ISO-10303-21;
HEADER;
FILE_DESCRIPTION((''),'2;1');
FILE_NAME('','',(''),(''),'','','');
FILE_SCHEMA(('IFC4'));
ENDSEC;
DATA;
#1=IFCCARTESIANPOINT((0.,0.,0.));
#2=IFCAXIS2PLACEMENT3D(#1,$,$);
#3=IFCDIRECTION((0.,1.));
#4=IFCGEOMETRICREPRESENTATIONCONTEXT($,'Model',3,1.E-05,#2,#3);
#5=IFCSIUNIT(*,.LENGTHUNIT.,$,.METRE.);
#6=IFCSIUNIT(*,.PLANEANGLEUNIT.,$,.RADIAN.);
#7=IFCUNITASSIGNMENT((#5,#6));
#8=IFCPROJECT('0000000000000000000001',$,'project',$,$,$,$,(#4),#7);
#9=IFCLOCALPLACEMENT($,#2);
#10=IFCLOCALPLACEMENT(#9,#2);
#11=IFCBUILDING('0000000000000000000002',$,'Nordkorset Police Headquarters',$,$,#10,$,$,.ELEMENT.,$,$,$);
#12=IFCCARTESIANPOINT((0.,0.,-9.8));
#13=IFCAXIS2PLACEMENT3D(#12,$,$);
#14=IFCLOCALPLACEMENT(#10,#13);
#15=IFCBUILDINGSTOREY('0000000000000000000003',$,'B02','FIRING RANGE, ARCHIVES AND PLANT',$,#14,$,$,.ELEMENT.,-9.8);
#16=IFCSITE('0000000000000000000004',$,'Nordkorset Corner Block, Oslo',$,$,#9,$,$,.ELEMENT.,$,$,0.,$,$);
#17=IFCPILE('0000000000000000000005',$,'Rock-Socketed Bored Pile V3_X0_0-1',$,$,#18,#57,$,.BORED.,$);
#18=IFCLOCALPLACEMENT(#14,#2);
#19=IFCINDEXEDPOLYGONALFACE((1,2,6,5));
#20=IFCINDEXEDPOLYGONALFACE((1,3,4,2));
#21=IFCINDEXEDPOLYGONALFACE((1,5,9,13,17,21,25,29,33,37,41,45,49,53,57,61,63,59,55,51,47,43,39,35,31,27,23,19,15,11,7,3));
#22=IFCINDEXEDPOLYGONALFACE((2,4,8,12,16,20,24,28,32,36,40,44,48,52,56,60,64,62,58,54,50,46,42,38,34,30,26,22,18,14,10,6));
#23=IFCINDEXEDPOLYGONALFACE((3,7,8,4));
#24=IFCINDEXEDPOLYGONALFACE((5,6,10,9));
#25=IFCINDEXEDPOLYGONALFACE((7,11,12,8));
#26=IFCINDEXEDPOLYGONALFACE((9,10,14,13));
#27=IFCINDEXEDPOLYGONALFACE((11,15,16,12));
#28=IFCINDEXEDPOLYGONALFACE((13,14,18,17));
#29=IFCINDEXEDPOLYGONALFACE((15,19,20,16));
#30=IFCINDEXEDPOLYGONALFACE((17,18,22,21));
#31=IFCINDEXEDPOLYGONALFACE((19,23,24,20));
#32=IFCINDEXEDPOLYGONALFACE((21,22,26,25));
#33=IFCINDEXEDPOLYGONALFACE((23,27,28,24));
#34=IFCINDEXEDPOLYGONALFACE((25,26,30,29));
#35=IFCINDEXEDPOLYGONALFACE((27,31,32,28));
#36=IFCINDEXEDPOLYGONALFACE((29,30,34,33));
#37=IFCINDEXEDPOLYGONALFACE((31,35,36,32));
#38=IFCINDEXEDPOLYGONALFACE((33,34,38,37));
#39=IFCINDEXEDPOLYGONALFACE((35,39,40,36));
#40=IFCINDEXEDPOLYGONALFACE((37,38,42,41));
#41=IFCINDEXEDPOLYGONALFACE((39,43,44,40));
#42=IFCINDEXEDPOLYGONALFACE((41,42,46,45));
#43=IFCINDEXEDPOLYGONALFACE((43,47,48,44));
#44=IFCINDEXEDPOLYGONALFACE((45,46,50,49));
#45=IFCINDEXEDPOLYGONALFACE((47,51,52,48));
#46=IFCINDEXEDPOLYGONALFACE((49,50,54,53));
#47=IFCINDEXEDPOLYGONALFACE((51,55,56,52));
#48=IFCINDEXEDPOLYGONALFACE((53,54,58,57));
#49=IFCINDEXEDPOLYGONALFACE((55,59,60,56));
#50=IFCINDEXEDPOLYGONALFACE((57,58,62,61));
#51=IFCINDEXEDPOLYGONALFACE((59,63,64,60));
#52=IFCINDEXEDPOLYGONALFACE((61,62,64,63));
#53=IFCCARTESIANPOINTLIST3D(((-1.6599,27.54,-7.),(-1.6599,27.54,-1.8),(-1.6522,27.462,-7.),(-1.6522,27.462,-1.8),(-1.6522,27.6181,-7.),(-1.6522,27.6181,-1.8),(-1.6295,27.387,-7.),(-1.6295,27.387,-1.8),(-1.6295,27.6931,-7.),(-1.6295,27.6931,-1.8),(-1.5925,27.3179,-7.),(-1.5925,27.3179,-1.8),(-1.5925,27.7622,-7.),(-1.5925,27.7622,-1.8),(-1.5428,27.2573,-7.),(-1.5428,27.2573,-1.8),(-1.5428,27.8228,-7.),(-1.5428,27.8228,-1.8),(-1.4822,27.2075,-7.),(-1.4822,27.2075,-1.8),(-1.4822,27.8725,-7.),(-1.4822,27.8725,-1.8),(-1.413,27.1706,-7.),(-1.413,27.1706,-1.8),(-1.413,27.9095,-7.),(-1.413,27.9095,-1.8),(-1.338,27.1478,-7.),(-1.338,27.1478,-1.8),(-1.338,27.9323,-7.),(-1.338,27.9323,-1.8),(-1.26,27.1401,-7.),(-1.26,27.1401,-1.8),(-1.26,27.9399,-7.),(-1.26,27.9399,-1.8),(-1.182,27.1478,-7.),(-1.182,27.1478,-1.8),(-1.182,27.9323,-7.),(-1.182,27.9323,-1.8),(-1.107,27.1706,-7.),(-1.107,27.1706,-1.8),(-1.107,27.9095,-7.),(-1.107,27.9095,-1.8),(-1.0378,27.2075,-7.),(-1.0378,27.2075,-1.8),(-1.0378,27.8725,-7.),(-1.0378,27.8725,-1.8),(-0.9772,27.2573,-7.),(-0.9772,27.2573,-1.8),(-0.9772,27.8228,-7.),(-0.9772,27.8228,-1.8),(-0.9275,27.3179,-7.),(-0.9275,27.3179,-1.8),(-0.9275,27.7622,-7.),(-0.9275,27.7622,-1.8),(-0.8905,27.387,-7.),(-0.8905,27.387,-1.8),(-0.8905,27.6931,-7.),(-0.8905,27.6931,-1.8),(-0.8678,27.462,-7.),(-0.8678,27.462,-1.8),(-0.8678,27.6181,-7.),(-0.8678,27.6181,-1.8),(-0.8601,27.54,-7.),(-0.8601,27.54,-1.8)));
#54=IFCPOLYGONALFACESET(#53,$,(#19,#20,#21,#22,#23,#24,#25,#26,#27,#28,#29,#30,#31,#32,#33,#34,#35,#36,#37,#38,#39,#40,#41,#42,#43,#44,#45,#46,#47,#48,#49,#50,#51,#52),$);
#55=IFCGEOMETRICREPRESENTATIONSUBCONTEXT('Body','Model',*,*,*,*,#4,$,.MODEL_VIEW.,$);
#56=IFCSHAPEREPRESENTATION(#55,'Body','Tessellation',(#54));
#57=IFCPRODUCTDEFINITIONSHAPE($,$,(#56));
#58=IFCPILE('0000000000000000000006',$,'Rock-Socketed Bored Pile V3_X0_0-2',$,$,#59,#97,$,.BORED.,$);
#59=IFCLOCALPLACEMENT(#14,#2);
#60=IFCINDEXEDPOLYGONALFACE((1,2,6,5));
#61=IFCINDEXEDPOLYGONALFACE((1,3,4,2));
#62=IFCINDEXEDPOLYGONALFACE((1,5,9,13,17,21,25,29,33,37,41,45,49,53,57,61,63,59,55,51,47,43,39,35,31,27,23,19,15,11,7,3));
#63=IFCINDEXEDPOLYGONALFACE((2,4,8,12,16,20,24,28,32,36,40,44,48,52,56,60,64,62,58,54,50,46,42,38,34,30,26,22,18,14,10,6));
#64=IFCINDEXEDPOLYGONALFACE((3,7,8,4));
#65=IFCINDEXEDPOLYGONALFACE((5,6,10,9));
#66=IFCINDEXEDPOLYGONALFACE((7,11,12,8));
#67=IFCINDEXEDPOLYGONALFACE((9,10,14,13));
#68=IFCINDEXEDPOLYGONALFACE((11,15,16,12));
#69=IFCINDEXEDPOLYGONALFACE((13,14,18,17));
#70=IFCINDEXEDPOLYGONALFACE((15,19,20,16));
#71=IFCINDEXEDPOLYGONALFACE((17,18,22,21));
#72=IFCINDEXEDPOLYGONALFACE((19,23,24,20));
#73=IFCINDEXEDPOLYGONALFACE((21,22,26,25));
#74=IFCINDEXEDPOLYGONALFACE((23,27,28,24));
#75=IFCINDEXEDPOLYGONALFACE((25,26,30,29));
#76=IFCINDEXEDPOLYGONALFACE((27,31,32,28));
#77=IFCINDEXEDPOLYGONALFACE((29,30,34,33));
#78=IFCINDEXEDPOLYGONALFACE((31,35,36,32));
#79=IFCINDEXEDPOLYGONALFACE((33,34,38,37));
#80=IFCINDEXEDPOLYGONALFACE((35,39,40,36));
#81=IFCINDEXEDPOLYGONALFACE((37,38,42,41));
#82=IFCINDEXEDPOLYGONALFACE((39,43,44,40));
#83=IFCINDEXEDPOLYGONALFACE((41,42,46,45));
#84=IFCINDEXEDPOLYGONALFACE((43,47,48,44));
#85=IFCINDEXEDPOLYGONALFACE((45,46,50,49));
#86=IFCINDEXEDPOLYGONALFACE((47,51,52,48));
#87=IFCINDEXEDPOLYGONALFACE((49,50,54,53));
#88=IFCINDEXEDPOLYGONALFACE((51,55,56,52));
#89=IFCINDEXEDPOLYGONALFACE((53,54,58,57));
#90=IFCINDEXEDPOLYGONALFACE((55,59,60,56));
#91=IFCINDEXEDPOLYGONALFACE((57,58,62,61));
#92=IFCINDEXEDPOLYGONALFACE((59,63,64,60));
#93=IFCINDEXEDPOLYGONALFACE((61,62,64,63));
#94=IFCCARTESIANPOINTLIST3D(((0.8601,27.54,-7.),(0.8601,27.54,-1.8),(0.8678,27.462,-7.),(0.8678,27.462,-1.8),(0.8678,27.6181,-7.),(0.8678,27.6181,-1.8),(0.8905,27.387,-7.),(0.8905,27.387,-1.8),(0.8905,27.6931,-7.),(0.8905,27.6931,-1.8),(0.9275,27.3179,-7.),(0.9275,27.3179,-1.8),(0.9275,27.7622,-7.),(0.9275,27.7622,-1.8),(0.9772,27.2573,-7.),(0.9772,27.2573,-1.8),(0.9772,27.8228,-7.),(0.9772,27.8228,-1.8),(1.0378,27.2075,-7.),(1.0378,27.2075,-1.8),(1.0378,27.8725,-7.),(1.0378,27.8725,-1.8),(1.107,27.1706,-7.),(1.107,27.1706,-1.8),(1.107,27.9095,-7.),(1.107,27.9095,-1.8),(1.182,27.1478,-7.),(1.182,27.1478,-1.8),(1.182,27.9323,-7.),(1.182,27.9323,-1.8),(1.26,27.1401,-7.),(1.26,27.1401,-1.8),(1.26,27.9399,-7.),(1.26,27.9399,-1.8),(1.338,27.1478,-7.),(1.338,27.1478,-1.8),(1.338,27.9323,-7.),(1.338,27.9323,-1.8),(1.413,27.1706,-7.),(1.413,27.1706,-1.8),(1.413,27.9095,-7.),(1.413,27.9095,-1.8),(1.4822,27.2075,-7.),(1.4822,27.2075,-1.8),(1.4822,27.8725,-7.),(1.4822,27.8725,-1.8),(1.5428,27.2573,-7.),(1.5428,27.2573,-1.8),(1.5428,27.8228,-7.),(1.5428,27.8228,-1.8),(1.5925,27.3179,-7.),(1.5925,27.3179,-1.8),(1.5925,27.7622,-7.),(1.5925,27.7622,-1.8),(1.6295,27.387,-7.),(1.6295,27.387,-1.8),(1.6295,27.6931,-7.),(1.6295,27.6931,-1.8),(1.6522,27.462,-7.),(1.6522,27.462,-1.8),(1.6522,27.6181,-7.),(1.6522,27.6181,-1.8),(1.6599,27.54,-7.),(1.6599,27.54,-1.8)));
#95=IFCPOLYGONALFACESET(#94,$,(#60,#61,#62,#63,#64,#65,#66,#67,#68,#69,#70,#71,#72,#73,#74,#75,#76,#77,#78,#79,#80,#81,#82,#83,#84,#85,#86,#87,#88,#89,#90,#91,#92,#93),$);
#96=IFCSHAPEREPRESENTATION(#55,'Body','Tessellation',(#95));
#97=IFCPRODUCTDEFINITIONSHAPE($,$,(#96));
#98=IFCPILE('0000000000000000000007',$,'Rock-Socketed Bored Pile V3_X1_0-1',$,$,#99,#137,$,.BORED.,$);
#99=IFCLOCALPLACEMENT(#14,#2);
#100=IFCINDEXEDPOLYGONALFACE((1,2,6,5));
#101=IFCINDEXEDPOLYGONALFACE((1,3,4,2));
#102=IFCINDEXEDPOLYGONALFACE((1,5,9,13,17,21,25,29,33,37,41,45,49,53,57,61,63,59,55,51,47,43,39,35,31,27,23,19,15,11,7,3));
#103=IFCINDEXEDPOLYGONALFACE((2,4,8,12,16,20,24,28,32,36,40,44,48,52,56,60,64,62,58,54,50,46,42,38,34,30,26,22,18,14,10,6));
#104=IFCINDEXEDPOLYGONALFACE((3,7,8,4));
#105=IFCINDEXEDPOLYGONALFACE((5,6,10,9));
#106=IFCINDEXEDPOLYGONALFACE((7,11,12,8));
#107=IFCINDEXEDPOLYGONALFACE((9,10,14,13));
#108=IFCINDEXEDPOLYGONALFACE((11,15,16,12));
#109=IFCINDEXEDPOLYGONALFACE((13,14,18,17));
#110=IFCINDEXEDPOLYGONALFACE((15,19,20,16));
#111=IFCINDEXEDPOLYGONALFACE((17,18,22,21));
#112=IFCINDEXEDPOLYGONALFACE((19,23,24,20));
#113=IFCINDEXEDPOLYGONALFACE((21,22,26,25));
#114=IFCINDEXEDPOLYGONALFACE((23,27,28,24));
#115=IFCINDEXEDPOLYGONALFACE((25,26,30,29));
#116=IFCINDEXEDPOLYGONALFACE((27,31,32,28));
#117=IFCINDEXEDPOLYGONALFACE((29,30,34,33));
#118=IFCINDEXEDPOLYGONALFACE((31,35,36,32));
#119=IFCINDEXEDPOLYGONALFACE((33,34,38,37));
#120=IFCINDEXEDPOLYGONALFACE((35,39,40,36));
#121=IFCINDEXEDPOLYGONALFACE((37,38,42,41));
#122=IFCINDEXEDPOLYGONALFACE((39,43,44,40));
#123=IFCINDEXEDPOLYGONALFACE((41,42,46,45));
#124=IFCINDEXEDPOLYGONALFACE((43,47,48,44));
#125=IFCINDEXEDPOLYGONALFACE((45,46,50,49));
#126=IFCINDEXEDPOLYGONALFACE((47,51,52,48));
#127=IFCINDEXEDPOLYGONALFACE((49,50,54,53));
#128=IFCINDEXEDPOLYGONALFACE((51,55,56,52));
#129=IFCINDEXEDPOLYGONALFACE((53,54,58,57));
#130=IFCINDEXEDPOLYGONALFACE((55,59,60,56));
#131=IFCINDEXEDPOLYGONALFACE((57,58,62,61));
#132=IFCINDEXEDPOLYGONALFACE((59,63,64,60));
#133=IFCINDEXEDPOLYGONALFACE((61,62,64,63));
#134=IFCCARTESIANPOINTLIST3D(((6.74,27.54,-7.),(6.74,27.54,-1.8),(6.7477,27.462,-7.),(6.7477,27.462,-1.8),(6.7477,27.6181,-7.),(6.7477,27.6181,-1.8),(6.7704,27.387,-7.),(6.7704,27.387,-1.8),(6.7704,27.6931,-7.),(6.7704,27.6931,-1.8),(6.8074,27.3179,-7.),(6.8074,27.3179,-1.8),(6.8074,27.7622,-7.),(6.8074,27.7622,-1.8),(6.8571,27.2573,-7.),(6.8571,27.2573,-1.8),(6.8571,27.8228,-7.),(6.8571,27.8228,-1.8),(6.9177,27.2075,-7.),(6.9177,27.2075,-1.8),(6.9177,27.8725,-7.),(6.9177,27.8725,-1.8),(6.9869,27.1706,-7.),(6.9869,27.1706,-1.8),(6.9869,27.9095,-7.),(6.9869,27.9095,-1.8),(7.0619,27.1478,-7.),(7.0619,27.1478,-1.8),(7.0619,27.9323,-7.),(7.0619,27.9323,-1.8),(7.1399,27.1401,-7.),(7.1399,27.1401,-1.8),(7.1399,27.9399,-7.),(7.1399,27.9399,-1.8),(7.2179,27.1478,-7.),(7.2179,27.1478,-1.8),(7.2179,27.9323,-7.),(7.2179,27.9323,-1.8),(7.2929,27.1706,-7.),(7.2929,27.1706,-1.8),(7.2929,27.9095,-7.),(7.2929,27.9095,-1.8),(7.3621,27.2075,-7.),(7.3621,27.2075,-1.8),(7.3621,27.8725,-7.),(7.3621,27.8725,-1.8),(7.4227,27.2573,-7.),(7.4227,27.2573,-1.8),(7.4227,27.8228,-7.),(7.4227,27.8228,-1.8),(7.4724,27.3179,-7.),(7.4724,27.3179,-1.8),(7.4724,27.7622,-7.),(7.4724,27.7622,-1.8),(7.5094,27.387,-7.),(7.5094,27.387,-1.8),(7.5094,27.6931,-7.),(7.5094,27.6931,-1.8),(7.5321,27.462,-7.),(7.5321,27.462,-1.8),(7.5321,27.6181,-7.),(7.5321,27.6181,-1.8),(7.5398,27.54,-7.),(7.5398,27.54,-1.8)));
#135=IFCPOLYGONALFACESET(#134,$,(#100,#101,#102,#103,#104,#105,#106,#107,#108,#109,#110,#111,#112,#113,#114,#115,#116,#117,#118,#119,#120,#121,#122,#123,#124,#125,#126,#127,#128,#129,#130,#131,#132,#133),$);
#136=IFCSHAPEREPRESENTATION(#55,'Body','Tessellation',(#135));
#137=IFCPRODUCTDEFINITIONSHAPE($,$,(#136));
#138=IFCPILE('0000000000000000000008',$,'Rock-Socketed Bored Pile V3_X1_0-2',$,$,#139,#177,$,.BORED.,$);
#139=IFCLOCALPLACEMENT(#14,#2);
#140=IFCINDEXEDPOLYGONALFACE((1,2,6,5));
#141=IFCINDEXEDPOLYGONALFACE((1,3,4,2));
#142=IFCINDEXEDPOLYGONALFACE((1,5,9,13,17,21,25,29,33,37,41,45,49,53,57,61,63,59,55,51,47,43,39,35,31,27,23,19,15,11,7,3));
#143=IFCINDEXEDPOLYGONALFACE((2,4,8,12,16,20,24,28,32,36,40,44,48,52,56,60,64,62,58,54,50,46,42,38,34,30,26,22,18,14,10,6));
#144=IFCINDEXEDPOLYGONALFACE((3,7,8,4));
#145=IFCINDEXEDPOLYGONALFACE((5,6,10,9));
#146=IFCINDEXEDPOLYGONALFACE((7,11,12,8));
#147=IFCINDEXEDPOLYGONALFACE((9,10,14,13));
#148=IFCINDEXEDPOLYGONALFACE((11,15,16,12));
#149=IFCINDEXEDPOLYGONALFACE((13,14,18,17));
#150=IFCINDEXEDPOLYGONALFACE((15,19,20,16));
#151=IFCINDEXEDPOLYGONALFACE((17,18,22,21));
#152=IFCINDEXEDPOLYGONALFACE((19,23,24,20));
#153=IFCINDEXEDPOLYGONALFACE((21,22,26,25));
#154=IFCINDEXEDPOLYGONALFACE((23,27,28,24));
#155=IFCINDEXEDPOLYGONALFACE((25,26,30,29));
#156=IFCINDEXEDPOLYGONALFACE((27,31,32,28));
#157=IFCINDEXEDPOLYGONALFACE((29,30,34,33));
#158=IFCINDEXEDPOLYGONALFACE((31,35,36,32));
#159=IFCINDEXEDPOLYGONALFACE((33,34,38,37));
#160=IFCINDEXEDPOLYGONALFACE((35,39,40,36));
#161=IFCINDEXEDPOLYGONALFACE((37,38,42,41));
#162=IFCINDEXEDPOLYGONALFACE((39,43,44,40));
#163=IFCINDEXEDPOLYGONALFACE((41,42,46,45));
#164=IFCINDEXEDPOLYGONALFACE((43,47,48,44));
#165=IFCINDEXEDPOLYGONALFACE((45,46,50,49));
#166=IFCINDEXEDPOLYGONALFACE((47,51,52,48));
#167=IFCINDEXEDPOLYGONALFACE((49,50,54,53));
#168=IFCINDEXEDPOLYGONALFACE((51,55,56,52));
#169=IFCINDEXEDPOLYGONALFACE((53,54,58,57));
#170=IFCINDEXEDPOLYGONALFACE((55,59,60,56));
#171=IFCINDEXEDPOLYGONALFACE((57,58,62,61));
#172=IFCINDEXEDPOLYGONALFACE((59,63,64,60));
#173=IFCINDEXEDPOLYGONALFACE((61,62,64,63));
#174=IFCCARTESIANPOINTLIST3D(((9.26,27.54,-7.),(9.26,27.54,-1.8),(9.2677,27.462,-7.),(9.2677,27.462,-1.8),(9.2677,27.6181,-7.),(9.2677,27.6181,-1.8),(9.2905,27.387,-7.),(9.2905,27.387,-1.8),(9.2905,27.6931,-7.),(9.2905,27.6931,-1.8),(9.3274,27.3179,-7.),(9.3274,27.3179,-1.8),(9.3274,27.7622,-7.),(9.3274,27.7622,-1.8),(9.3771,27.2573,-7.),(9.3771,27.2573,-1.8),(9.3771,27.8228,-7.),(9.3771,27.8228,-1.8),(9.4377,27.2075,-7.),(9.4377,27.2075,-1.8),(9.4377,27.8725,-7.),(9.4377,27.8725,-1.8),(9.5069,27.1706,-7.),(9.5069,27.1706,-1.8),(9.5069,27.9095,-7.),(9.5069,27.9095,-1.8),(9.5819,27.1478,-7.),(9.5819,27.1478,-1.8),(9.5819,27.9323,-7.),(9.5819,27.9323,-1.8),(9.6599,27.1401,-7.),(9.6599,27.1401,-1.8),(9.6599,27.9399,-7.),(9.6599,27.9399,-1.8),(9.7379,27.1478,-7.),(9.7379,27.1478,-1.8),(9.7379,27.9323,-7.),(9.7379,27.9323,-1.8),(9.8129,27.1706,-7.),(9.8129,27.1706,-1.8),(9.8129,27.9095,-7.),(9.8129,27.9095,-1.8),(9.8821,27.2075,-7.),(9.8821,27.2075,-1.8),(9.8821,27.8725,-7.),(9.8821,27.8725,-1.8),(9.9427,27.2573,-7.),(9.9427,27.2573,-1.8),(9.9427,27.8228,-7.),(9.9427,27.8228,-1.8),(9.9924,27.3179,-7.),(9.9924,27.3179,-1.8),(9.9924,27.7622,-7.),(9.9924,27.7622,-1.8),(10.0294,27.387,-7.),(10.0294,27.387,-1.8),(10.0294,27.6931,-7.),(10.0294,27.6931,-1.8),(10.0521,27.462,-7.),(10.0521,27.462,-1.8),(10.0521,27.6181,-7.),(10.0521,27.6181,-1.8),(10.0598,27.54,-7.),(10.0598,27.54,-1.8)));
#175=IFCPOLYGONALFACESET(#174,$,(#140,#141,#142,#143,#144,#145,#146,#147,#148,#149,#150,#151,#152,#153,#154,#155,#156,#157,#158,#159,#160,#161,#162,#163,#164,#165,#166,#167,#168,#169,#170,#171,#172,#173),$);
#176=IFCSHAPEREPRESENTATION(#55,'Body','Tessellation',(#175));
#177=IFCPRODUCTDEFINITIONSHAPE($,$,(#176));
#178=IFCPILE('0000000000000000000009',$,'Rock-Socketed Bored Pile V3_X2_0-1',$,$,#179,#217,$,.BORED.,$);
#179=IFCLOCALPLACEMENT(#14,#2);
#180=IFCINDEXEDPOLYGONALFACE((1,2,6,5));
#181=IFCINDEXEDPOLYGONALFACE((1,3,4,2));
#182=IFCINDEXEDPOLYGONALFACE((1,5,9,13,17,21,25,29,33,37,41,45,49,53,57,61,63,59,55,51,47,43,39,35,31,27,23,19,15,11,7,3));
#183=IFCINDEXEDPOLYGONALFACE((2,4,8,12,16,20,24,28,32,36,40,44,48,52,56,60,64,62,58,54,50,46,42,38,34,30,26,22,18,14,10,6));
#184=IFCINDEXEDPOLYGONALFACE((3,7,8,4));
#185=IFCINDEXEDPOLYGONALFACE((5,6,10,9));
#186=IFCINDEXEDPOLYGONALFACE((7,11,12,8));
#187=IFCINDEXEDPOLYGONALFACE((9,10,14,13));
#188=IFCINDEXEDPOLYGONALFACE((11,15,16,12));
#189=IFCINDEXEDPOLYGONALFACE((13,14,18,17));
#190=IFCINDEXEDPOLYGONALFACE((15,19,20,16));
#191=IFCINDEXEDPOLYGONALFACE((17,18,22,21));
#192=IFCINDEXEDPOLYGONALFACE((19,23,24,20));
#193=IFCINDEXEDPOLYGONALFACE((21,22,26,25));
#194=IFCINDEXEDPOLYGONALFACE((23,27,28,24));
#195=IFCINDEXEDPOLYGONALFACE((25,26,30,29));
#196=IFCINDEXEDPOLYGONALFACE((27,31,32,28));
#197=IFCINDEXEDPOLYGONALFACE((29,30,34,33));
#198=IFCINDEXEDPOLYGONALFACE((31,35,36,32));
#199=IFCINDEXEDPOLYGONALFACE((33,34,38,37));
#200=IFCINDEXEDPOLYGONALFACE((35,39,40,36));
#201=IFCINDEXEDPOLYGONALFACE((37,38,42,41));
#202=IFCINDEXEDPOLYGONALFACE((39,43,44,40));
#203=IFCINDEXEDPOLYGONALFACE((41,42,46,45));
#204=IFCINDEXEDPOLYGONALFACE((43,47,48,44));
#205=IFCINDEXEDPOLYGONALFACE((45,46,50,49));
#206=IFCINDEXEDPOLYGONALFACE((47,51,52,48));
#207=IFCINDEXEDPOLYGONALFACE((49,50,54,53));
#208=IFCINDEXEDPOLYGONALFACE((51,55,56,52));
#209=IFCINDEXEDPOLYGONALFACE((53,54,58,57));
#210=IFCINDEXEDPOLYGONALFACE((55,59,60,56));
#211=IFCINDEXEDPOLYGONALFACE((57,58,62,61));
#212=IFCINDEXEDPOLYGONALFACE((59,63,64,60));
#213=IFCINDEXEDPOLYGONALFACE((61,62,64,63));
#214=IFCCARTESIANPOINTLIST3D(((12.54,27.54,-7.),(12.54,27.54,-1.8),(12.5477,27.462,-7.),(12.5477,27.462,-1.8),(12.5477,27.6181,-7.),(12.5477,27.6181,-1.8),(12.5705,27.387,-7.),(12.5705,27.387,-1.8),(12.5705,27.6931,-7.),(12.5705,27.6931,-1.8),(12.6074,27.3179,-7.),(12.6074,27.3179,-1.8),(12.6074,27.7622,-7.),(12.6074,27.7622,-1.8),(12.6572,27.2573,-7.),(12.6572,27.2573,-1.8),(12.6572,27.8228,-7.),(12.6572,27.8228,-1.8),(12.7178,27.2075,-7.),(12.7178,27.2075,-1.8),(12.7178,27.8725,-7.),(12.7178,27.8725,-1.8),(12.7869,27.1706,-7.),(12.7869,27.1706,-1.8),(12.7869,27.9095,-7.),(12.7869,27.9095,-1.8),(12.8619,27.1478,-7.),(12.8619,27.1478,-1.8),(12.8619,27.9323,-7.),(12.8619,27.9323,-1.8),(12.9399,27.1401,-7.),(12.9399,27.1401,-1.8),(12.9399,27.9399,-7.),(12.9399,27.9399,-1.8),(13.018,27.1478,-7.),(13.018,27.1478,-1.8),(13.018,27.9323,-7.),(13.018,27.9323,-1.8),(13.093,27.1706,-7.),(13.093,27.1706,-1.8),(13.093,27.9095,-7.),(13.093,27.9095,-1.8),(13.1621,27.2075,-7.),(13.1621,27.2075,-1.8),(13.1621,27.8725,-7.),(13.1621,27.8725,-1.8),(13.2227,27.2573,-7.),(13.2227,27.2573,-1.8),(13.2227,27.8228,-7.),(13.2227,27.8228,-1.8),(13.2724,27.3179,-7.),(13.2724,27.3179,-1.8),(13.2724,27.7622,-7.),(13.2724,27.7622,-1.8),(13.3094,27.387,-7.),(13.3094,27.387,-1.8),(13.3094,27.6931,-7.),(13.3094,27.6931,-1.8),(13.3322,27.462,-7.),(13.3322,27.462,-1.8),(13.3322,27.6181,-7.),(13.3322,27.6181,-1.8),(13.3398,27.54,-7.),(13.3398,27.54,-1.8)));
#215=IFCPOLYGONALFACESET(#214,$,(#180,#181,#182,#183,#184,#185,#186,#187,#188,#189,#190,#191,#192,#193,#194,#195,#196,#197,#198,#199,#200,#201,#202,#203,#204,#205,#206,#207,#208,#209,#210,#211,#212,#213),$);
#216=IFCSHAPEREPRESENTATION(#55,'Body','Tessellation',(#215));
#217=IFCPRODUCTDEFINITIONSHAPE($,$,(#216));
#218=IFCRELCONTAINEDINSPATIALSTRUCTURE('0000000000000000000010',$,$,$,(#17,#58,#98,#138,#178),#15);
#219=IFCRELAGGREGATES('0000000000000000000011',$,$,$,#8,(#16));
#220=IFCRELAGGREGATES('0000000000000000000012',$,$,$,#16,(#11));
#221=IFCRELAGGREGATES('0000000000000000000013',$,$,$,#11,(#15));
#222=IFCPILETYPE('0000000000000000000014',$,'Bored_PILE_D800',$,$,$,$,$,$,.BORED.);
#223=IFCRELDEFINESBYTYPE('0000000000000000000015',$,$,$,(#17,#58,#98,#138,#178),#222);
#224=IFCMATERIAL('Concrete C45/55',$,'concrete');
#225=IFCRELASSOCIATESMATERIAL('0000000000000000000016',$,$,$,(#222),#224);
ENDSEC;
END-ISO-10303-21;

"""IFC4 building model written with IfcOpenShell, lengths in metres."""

from ifc_helpers import new_model, si_unit, direction, frame, origin, origin_2d, place, context, subcontext, project, spatial, circle, extrude, material, material_profile, profile_set, type_object, element, save


model = new_model("IFC4")

# Units and contexts
model_context = context("Model", 3, precision=1e-05, world=origin(), true_north=direction((0.0, 1.0)))
body_context = subcontext(model_context, "Body", "Model", "MODEL_VIEW")
ifc_project = project(units=[si_unit("LENGTHUNIT", "METRE"), si_unit("PLANEANGLEUNIT", "RADIAN")], contexts=[model_context])

# Site, building, storey
site_placement = place(None, origin())
site = spatial("IfcSite", under=ifc_project, at=site_placement, Name="Nordkorset Corner Block, Oslo", CompositionType="ELEMENT", RefElevation=0.0)
building_placement = place(site_placement, origin())
building = spatial("IfcBuilding", under=site, at=building_placement, Name="Nordkorset Police Headquarters", CompositionType="ELEMENT")
storey_placement = place(building_placement, frame((0.0, 0.0, -9.8)))
storey = spatial("IfcBuildingStorey", under=building, at=storey_placement, Name="B02", Description="FIRING RANGE, ARCHIVES AND PLANT", CompositionType="ELEMENT", Elevation=-9.8)

# Piles
ifc_material_1 = material(Name="Concrete C45/55", Category="concrete")
ifc_material_profile = material_profile(ifc_material_1, circle(Radius=0.3999, at=origin_2d()), Name="PILE D800")
ifc_profile_set = profile_set([ifc_material_profile], Name="Concrete C45/55")
pile_type = type_object("IfcPileType", Name="Bored_PILE_D800", PredefinedType="BORED", material=ifc_profile_set)
for number, where, z_axis, x_axis, name in (
    (1, (-1.26, 27.54, -1.8), (0.0, 0.0, -1.0), (1.0, 0.0, 0.0), "Rock-Socketed Bored Pile V3_X0_0-1"),
    (2, (1.26, 27.54, -1.8), (0.0, 0.0, -1.0), (1.0, 0.0, 0.0), "Rock-Socketed Bored Pile V3_X0_0-2"),
    (3, (7.1399, 27.54, -1.8), (0.0, 0.0, -1.0), (1.0, 0.0, 0.0), "Rock-Socketed Bored Pile V3_X1_0-1"),
    (4, (9.6599, 27.54, -1.8), (0.0, 0.0, -1.0), (1.0, 0.0, 0.0), "Rock-Socketed Bored Pile V3_X1_0-2"),
    (5, (12.9399, 27.54, -1.8), (0.0, 0.0, -1.0), (1.0, 0.0, 0.0), "Rock-Socketed Bored Pile V3_X2_0-1"),
):
    element("IfcPile", number, at=place(storey_placement, frame(where, z_axis=z_axis, x_axis=x_axis)), inside=storey, type_object=pile_type, Name=name, PredefinedType="BORED", context=body_context, shape_type="SweptSolid", body=[
        extrude(circle(Radius=0.3999, at=origin_2d()), origin(), (0.0, 0.0, 1.0), 5.2),
    ])

save(model, "model.ifc")
